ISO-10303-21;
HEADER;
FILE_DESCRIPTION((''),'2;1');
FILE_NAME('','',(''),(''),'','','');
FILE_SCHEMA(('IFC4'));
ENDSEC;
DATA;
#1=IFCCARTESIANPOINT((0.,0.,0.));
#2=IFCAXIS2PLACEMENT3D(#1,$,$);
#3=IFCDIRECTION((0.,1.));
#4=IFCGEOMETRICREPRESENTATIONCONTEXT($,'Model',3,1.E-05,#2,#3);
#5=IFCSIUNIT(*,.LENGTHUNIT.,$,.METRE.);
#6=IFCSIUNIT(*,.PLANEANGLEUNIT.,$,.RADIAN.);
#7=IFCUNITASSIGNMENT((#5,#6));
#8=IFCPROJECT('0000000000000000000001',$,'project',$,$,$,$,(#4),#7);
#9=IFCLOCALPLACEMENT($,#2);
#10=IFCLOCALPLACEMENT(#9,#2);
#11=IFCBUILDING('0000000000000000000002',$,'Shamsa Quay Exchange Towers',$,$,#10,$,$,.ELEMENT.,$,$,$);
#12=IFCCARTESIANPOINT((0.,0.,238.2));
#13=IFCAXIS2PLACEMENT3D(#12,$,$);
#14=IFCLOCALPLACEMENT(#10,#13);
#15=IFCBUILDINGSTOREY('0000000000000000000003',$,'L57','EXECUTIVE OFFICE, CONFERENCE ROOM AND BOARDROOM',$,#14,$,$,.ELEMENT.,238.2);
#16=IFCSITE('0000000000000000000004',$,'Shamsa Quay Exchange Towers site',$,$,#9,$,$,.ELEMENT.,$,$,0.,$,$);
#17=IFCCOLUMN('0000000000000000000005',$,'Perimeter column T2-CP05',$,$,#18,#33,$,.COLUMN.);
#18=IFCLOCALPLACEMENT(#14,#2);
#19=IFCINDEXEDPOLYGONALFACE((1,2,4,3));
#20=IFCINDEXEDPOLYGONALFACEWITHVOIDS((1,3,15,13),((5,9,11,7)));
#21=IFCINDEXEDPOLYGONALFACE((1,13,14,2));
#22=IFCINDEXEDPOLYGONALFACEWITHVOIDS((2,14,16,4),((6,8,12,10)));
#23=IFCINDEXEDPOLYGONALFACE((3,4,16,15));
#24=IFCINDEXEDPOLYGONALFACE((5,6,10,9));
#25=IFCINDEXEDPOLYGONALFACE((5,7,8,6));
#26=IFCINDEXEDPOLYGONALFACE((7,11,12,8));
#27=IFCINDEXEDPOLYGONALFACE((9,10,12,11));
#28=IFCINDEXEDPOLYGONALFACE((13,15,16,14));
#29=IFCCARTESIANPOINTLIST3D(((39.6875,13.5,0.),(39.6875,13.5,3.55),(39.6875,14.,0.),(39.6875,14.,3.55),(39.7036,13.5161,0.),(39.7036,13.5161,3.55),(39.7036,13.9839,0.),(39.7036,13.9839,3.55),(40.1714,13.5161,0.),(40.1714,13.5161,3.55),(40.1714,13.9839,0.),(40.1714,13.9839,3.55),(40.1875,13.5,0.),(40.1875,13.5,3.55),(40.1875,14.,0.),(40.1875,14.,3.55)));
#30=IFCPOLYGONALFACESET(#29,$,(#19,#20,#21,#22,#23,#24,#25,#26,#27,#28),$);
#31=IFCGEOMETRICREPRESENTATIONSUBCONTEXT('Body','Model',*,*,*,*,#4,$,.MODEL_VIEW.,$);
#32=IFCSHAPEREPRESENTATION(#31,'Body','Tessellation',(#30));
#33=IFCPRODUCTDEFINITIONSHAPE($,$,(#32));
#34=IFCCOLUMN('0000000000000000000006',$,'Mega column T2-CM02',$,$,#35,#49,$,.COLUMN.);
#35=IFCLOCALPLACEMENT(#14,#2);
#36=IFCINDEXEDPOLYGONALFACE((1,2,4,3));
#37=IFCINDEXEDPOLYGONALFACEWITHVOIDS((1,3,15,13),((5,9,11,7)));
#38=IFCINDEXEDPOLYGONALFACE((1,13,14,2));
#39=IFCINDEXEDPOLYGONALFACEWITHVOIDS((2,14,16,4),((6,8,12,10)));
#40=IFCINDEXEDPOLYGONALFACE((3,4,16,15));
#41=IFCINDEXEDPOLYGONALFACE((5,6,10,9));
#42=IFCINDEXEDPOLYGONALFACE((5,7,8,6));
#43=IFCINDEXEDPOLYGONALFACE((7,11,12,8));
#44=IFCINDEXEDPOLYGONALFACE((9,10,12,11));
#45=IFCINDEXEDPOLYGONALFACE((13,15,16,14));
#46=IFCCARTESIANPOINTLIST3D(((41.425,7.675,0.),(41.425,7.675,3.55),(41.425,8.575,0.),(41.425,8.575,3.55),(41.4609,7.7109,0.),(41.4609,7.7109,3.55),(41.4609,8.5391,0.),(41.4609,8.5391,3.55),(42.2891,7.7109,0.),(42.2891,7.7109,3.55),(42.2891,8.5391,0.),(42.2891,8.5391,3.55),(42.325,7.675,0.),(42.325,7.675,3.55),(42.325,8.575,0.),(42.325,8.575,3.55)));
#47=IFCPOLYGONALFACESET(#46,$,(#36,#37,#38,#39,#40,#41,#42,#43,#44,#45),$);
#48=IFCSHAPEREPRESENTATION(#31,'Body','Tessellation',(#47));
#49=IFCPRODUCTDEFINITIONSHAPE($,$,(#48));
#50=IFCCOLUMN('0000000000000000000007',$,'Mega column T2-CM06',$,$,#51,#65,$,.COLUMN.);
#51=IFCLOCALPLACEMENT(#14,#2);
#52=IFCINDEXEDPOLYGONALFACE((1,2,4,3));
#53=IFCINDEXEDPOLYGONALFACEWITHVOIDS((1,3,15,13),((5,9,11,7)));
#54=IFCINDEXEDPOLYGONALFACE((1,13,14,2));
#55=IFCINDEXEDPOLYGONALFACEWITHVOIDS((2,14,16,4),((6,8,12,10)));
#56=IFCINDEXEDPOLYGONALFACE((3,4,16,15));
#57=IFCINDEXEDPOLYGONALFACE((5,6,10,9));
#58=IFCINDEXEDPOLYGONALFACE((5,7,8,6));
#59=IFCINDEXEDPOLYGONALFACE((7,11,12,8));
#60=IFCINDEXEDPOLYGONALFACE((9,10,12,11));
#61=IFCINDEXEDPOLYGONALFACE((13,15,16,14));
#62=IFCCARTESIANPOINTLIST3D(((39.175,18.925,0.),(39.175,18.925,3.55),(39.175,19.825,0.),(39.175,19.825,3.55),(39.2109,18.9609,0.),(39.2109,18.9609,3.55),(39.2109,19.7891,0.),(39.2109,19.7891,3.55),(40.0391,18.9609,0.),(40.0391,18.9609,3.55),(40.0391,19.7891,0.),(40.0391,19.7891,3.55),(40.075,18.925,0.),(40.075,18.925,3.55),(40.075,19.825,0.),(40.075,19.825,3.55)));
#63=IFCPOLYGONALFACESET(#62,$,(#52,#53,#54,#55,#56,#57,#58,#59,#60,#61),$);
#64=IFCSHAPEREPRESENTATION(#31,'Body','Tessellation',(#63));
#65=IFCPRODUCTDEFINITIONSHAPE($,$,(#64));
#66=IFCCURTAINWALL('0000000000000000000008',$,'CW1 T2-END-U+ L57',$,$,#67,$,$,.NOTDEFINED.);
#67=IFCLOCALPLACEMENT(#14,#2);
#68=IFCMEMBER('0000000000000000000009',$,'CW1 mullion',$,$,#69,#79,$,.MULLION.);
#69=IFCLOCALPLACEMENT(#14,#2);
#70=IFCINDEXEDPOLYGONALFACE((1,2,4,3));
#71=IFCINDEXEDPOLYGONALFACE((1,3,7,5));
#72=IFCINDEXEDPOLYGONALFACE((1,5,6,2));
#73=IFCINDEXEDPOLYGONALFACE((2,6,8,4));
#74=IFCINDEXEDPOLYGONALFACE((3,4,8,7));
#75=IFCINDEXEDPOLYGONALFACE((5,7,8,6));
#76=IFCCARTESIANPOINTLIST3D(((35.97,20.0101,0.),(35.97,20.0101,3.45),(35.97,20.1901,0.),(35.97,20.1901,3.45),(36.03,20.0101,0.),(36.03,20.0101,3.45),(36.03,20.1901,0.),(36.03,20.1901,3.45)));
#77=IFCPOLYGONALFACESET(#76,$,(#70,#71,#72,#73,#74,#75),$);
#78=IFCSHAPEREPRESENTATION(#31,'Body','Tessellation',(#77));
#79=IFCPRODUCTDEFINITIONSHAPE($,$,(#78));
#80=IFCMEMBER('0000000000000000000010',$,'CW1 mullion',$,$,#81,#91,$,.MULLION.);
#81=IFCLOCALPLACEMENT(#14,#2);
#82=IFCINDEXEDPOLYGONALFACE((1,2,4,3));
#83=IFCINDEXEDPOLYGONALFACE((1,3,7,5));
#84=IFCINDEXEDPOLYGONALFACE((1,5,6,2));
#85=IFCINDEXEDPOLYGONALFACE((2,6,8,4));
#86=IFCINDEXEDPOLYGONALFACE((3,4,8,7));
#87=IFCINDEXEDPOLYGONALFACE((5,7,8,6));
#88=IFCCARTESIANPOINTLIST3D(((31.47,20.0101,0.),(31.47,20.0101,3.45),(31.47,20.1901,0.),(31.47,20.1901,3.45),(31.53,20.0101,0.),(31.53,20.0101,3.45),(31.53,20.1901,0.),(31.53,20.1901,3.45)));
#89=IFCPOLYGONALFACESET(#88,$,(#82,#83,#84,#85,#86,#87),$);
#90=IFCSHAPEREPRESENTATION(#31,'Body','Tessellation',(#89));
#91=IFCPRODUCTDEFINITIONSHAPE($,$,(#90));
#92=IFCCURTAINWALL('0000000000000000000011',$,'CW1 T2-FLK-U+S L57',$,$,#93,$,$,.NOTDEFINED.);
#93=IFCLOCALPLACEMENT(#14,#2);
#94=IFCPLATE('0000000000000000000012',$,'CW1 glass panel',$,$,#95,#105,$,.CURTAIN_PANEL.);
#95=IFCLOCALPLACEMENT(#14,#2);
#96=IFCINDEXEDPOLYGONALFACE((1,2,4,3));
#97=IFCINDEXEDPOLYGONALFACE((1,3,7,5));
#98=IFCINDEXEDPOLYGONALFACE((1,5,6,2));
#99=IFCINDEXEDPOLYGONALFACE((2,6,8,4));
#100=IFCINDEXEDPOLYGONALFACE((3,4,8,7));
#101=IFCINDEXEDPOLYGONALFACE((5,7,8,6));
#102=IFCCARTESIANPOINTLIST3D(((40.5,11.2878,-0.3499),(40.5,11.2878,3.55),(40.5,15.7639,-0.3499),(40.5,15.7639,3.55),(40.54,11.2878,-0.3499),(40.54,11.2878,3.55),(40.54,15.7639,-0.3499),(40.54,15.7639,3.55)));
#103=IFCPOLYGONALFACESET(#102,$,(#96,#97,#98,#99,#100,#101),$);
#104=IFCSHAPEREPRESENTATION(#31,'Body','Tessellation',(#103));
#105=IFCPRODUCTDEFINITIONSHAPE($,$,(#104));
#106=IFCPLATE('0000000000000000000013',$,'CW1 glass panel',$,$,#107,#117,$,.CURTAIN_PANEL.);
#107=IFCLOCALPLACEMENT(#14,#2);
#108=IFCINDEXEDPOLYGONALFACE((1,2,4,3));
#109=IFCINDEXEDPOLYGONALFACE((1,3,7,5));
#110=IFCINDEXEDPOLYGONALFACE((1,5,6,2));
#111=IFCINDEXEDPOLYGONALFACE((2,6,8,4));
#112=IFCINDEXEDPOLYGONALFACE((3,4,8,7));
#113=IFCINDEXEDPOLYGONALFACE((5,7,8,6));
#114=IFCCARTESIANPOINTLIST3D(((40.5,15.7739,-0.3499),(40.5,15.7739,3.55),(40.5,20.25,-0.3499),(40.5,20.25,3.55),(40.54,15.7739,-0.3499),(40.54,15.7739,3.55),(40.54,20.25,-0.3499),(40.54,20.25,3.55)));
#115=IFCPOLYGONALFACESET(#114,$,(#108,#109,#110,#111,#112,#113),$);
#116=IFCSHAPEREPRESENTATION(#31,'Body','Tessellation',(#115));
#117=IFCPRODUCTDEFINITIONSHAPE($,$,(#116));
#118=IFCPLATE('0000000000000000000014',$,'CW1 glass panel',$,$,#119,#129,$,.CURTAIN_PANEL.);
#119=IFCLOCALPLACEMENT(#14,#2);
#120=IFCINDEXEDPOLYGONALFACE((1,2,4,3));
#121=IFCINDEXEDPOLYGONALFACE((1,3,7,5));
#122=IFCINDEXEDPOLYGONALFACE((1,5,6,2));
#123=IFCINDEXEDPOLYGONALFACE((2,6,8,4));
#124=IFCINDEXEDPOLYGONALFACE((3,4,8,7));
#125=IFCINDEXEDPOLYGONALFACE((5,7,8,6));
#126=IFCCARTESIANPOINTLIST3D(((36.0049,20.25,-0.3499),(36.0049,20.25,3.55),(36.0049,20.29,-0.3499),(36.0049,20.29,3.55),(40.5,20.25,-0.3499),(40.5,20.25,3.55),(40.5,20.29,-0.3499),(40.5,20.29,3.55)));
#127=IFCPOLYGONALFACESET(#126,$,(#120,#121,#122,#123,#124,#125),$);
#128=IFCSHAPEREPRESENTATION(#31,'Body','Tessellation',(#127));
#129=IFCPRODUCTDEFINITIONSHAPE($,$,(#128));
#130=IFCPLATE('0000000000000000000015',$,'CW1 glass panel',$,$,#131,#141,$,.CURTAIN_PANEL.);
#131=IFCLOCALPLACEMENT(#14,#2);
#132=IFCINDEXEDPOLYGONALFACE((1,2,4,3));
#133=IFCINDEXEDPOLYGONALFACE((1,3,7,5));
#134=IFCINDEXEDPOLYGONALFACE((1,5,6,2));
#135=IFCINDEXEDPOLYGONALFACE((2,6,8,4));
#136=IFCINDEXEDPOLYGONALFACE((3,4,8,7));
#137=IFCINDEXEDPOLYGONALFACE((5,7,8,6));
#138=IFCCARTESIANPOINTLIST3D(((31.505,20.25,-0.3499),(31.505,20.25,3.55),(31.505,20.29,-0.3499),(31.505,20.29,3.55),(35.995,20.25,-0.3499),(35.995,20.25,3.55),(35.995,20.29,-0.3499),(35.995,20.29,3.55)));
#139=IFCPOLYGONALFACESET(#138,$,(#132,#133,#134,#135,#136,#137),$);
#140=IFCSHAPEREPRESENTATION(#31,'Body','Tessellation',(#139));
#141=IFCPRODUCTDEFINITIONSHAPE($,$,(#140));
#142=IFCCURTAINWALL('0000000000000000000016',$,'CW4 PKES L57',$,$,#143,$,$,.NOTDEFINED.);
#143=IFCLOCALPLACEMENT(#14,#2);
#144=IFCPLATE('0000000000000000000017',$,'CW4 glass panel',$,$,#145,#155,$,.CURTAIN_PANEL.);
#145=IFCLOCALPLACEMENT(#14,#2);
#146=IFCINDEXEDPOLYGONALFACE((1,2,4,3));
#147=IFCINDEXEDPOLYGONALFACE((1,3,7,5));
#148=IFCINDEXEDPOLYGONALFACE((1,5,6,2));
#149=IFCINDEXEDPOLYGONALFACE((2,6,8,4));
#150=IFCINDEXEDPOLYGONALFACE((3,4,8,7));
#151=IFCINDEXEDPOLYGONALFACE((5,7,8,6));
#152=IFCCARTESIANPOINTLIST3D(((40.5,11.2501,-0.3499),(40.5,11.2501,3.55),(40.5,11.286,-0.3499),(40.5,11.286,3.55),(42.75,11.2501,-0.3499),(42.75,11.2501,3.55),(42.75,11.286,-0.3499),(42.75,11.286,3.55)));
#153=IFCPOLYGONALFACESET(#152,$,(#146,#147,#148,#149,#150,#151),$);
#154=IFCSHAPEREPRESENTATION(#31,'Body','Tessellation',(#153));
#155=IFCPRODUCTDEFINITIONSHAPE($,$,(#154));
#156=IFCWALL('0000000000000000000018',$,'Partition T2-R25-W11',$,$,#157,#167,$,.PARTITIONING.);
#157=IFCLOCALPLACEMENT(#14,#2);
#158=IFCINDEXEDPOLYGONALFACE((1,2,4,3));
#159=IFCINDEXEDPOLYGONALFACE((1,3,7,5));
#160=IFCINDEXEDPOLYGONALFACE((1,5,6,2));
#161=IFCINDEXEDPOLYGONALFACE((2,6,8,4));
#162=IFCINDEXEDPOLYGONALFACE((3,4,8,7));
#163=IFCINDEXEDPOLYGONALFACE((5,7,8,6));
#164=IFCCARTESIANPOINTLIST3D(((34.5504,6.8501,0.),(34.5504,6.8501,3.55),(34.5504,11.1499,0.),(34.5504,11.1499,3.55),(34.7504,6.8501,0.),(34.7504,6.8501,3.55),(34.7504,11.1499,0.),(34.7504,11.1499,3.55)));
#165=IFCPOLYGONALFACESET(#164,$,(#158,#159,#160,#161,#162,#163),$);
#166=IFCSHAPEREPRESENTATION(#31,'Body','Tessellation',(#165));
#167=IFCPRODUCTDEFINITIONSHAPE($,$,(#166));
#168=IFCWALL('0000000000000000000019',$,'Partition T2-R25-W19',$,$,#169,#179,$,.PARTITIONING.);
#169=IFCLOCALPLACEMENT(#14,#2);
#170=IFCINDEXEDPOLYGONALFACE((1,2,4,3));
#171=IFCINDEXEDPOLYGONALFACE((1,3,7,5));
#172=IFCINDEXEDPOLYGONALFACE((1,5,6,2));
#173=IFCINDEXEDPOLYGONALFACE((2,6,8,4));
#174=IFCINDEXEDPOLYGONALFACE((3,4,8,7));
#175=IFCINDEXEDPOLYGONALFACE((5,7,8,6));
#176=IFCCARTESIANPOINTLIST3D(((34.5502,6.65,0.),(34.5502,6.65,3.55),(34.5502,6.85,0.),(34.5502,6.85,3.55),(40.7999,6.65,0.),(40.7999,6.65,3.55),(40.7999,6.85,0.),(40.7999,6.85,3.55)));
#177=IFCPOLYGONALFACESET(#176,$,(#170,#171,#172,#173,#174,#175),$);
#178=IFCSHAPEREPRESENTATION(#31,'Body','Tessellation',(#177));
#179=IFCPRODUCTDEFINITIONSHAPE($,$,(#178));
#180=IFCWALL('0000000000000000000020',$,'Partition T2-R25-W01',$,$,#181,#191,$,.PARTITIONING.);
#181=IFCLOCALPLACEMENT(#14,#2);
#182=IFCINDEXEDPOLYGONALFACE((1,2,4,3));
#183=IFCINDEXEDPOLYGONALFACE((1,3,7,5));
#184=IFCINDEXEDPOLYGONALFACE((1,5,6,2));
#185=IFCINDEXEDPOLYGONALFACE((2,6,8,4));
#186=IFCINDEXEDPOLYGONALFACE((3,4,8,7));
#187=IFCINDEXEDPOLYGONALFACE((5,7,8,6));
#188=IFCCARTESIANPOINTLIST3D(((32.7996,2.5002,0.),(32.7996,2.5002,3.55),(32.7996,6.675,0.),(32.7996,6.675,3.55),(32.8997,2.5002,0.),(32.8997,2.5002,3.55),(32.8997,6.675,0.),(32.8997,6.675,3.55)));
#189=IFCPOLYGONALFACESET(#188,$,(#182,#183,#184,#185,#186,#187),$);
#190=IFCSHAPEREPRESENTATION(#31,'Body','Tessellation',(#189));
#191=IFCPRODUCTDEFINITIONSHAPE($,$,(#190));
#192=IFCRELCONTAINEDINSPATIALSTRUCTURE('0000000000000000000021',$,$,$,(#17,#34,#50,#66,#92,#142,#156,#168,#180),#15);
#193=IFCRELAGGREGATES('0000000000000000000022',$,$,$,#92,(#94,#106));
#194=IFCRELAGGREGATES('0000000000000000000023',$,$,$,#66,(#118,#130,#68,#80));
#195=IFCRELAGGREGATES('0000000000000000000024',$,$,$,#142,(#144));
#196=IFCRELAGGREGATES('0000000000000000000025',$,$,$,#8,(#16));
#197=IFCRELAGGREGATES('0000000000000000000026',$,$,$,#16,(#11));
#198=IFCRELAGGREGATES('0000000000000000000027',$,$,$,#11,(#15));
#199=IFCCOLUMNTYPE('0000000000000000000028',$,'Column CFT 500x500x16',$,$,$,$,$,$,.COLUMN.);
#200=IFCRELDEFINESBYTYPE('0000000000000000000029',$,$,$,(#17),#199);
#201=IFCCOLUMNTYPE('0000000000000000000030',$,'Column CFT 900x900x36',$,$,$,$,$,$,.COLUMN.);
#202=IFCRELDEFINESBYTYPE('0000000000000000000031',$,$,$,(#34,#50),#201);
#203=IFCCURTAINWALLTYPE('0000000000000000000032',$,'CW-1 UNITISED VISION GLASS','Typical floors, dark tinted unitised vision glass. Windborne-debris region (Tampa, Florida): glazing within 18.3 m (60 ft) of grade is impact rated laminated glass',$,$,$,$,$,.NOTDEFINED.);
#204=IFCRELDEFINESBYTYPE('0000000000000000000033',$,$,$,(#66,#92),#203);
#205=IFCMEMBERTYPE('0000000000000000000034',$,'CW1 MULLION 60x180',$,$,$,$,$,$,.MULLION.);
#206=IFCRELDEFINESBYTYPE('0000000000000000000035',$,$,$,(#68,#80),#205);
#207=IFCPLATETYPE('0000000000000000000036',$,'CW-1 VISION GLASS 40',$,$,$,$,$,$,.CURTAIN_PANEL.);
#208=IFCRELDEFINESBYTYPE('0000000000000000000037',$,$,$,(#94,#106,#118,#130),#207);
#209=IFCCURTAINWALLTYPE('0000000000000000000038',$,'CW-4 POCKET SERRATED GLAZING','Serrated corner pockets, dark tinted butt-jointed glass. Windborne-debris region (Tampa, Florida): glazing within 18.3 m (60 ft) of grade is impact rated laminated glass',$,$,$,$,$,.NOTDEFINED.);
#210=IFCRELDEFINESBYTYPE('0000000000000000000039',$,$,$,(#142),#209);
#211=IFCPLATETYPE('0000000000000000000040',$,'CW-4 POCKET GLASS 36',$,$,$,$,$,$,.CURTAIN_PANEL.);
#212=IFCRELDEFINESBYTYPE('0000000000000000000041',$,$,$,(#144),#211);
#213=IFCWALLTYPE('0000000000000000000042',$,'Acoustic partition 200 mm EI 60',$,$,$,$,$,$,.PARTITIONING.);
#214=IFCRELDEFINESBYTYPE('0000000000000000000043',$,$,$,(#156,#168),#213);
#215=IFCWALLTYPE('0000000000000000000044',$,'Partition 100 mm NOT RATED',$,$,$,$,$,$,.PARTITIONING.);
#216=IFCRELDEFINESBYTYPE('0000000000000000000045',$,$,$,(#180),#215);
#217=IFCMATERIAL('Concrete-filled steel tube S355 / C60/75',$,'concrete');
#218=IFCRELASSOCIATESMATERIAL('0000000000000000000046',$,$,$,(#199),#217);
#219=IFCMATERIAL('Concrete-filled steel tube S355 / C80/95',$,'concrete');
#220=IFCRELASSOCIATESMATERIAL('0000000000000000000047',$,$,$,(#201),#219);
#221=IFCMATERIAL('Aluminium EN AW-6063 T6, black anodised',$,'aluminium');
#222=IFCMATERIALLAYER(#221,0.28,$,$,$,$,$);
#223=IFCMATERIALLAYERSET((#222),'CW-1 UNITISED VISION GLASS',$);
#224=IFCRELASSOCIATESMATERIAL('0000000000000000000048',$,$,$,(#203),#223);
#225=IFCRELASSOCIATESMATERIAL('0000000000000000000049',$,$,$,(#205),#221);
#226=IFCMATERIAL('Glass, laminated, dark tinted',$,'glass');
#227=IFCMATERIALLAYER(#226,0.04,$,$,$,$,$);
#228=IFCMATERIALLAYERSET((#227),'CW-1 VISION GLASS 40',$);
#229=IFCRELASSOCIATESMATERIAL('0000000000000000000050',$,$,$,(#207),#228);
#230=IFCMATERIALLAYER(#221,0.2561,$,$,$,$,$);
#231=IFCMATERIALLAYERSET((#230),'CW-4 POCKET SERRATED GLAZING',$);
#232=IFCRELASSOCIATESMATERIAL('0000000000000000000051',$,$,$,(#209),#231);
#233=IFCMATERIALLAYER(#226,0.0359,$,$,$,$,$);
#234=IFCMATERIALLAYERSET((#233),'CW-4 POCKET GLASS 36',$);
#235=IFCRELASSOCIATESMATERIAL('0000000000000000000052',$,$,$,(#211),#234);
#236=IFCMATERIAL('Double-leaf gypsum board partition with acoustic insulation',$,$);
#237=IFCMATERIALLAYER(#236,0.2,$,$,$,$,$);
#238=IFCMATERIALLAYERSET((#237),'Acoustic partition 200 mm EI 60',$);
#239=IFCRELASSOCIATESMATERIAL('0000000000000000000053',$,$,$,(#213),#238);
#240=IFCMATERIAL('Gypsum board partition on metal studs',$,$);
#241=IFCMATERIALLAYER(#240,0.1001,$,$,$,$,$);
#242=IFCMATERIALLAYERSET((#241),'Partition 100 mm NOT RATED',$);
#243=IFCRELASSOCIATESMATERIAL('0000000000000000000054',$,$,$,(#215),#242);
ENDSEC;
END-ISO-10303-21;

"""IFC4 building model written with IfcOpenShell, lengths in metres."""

from ifc_helpers import new_model, si_unit, direction, frame, frame_2d, origin, origin_2d, place, context, subcontext, project, spatial, rectangle, hollow_rectangle, extrude, material, layer, layer_set, material_profile, profile_set, type_object, element, aggregate, save


model = new_model("IFC4")

# Units and contexts
model_context = context("Model", 3, precision=1e-05, world=origin(), true_north=direction((0.0, 1.0)))
body_context = subcontext(model_context, "Body", "Model", "MODEL_VIEW")
ifc_project = project(units=[si_unit("LENGTHUNIT", "METRE"), si_unit("PLANEANGLEUNIT", "RADIAN")], contexts=[model_context])

# Site, building, storey
site_placement = place(None, origin())
site = spatial("IfcSite", under=ifc_project, at=site_placement, Name="Shamsa Quay Exchange Towers site", CompositionType="ELEMENT", RefElevation=0.0)
building_placement = place(site_placement, origin())
building = spatial("IfcBuilding", under=site, at=building_placement, Name="Shamsa Quay Exchange Towers", CompositionType="ELEMENT")
storey_placement = place(building_placement, frame((0.0, 0.0, 238.2)))
storey = spatial("IfcBuildingStorey", under=building, at=storey_placement, Name="L57", Description="EXECUTIVE OFFICE, CONFERENCE ROOM AND BOARDROOM", CompositionType="ELEMENT", Elevation=238.2)

# Columns
ifc_material_1 = material(Name="Concrete-filled steel tube S355 / C60/75", Category="concrete")
ifc_material_profile_1 = material_profile(ifc_material_1, hollow_rectangle(XDim=0.5, YDim=0.5, WallThickness=0.0161, at=origin_2d()), Name="CFT 500x500x16")
ifc_profile_set_1 = profile_set([ifc_material_profile_1], Name="Concrete-filled steel tube S355 / C60/75")
column_type_1 = type_object("IfcColumnType", Name="Column CFT 500x500x16", PredefinedType="COLUMN", material=ifc_profile_set_1)
column_placement = place(storey_placement, frame((39.9375, 13.75, 0.0)))
element("IfcColumn", 1, at=column_placement, inside=storey, type_object=column_type_1, Name="Perimeter column T2-CP05", PredefinedType="COLUMN", context=body_context, shape_type="SweptSolid", body=[
    extrude(hollow_rectangle(XDim=0.5, YDim=0.5, WallThickness=0.0161, at=origin_2d()), origin(), (0.0, 0.0, 1.0), 3.55),
])
ifc_material_2 = material(Name="Concrete-filled steel tube S355 / C80/95", Category="concrete")
ifc_material_profile_2 = material_profile(ifc_material_2, hollow_rectangle(XDim=0.8999, YDim=0.8999, WallThickness=0.0359, at=origin_2d()), Name="CFT 900x900x36")
ifc_profile_set_2 = profile_set([ifc_material_profile_2], Name="Concrete-filled steel tube S355 / C80/95")
column_type_2 = type_object("IfcColumnType", Name="Column CFT 900x900x36", PredefinedType="COLUMN", material=ifc_profile_set_2)
for number, where, name in (
    (2, (41.875, 8.125, 0.0), "Mega column T2-CM02"),
    (3, (39.625, 19.375, 0.0), "Mega column T2-CM06"),
):
    element("IfcColumn", number, at=place(storey_placement, frame(where)), inside=storey, type_object=column_type_2, Name=name, PredefinedType="COLUMN", context=body_context, shape_type="SweptSolid", body=[
        extrude(hollow_rectangle(XDim=0.8999, YDim=0.8999, WallThickness=0.0359, at=origin_2d()), origin(), (0.0, 0.0, 1.0), 3.55),
    ])

# Curtain wall, members
ifc_material_3 = material(Name="Aluminium EN AW-6063 T6, black anodised", Category="aluminium")
ifc_layer_1 = layer(ifc_material_3, 0.28)
ifc_layer_set_1 = layer_set([ifc_layer_1], Name="CW-1 UNITISED VISION GLASS")
curtain_wall_type_1 = type_object("IfcCurtainWallType", Name="CW-1 UNITISED VISION GLASS", Description="Typical floors, dark tinted unitised vision glass. Windborne-debris region (Tampa, Florida): glazing within 18.3 m (60 ft) of grade is impact rated laminated glass", PredefinedType="NOTDEFINED", material=ifc_layer_set_1)
curtain_wall_1_placement = place(storey_placement, origin())
curtain_wall_1 = element("IfcCurtainWall", 4, at=curtain_wall_1_placement, inside=storey, type_object=curtain_wall_type_1, Name="CW1 T2-END-U+ L57", PredefinedType="NOTDEFINED")
ifc_material_profile_3 = material_profile(ifc_material_3, rectangle(XDim=0.1799, YDim=0.0601, at=origin_2d()), Name="MU60x180")
ifc_profile_set_3 = profile_set([ifc_material_profile_3], Name="Aluminium EN AW-6063 T6, black anodised")
member_type = type_object("IfcMemberType", Name="CW1 MULLION 60x180", PredefinedType="MULLION", material=ifc_profile_set_3)
member_1_placement = place(storey_placement, frame((36.0, 20.1001, 0.0), z_axis=(0.0, 0.0, 1.0), x_axis=(0.0, -1.0, 0.0)))
member_1 = element("IfcMember", 5, at=member_1_placement, type_object=member_type, Name="CW1 mullion", PredefinedType="MULLION", context=body_context, shape_type="SweptSolid", body=[
    extrude(rectangle(XDim=0.1799, YDim=0.0601, at=origin_2d()), origin(), (0.0, 0.0, 1.0), 3.45),
])
member_2_placement = place(storey_placement, frame((31.5, 20.1001, 0.0), z_axis=(0.0, 0.0, 1.0), x_axis=(0.0, -1.0, 0.0)))
member_2 = element("IfcMember", 6, at=member_2_placement, type_object=member_type, Name="CW1 mullion", PredefinedType="MULLION", context=body_context, shape_type="SweptSolid", body=[
    extrude(rectangle(XDim=0.1799, YDim=0.0601, at=origin_2d()), origin(), (0.0, 0.0, 1.0), 3.45),
])

# Curtain wall, plates
curtain_wall_2_placement = place(storey_placement, origin())
curtain_wall_2 = element("IfcCurtainWall", 7, at=curtain_wall_2_placement, inside=storey, type_object=curtain_wall_type_1, Name="CW1 T2-FLK-U+S L57", PredefinedType="NOTDEFINED")
ifc_material_4 = material(Name="Glass, laminated, dark tinted", Category="glass")
ifc_layer_2 = layer(ifc_material_4, 0.04)
ifc_layer_set_2 = layer_set([ifc_layer_2], Name="CW-1 VISION GLASS 40")
plate_type_1 = type_object("IfcPlateType", Name="CW-1 VISION GLASS 40", PredefinedType="CURTAIN_PANEL", material=ifc_layer_set_2)
plate_1_placement = place(storey_placement, frame((40.52, 13.5259, -0.3499), z_axis=(0.0, 0.0, 1.0), x_axis=(0.0, 1.0, 0.0)))
plate_1 = element("IfcPlate", 8, at=plate_1_placement, type_object=plate_type_1, Name="CW1 glass panel", PredefinedType="CURTAIN_PANEL", context=body_context, shape_type="SweptSolid", body=[
    extrude(rectangle(XDim=4.4761, YDim=0.04, at=origin_2d()), origin(), (0.0, 0.0, 1.0), 3.8999),
])
plate_2_placement = place(storey_placement, frame((40.52, 18.012, -0.3499), z_axis=(0.0, 0.0, 1.0), x_axis=(0.0, 1.0, 0.0)))
plate_2 = element("IfcPlate", 9, at=plate_2_placement, type_object=plate_type_1, Name="CW1 glass panel", PredefinedType="CURTAIN_PANEL", context=body_context, shape_type="SweptSolid", body=[
    extrude(rectangle(XDim=4.4761, YDim=0.04, at=origin_2d()), origin(), (0.0, 0.0, 1.0), 3.8999),
])
aggregate(curtain_wall_2, [plate_1, plate_2])

# Plates
plate_3_placement = place(storey_placement, frame((38.2524, 20.27, -0.3499), z_axis=(0.0, 0.0, 1.0), x_axis=(-1.0, 0.0, 0.0)))
plate_3 = element("IfcPlate", 10, at=plate_3_placement, type_object=plate_type_1, Name="CW1 glass panel", PredefinedType="CURTAIN_PANEL", context=body_context, shape_type="SweptSolid", body=[
    extrude(rectangle(XDim=4.4951, YDim=0.04, at=origin_2d()), origin(), (0.0, 0.0, 1.0), 3.8999),
])
plate_4_placement = place(storey_placement, frame((33.75, 20.27, -0.3499), z_axis=(0.0, 0.0, 1.0), x_axis=(-1.0, 0.0, 0.0)))
plate_4 = element("IfcPlate", 11, at=plate_4_placement, type_object=plate_type_1, Name="CW1 glass panel", PredefinedType="CURTAIN_PANEL", context=body_context, shape_type="SweptSolid", body=[
    extrude(rectangle(XDim=4.49, YDim=0.04, at=origin_2d()), origin(), (0.0, 0.0, 1.0), 3.8999),
])
aggregate(curtain_wall_1, [plate_3, plate_4, member_1, member_2])

# Curtain wall, plate
ifc_layer_3 = layer(ifc_material_3, 0.2561)
ifc_layer_set_3 = layer_set([ifc_layer_3], Name="CW-4 POCKET SERRATED GLAZING")
curtain_wall_type_2 = type_object("IfcCurtainWallType", Name="CW-4 POCKET SERRATED GLAZING", Description="Serrated corner pockets, dark tinted butt-jointed glass. Windborne-debris region (Tampa, Florida): glazing within 18.3 m (60 ft) of grade is impact rated laminated glass", PredefinedType="NOTDEFINED", material=ifc_layer_set_3)
curtain_wall_3_placement = place(storey_placement, origin())
curtain_wall_3 = element("IfcCurtainWall", 12, at=curtain_wall_3_placement, inside=storey, type_object=curtain_wall_type_2, Name="CW4 PKES L57", PredefinedType="NOTDEFINED")
ifc_layer_4 = layer(ifc_material_4, 0.0359)
ifc_layer_set_4 = layer_set([ifc_layer_4], Name="CW-4 POCKET GLASS 36")
plate_type_2 = type_object("IfcPlateType", Name="CW-4 POCKET GLASS 36", PredefinedType="CURTAIN_PANEL", material=ifc_layer_set_4)
plate_5_placement = place(storey_placement, frame((41.625, 11.2681, -0.3499), z_axis=(0.0, 0.0, 1.0), x_axis=(-1.0, 0.0, 0.0)))
plate_5 = element("IfcPlate", 13, at=plate_5_placement, type_object=plate_type_2, Name="CW4 glass panel", PredefinedType="CURTAIN_PANEL", context=body_context, shape_type="SweptSolid", body=[
    extrude(rectangle(XDim=2.25, YDim=0.0359, at=origin_2d()), origin(), (0.0, 0.0, 1.0), 3.8999),
])
aggregate(curtain_wall_3, [plate_5])

# Wall
ifc_material_5 = material(Name="Double-leaf gypsum board partition with acoustic insulation")
ifc_layer_5 = layer(ifc_material_5, 0.2)
ifc_layer_set_5 = layer_set([ifc_layer_5], Name="Acoustic partition 200 mm EI 60")
wall_type_1 = type_object("IfcWallType", Name="Acoustic partition 200 mm EI 60", PredefinedType="PARTITIONING", material=ifc_layer_set_5)
wall_1_placement = place(storey_placement, frame((34.6504, 11.1499, 0.0), z_axis=(0.0, 0.0, 1.0), x_axis=(0.0, -1.0, 0.0)))
element("IfcWall", 14, at=wall_1_placement, inside=storey, type_object=wall_type_1, Name="Partition T2-R25-W11", PredefinedType="PARTITIONING", context=body_context, shape_type="SweptSolid", body=[
    extrude(rectangle(XDim=4.2998, YDim=0.2, at=frame_2d((2.1499, 0.0))), origin(), (0.0, 0.0, 1.0), 3.55),
])

# Walls
wall_2_placement = place(storey_placement, frame((40.8, 6.75, 0.0), z_axis=(0.0, 0.0, 1.0), x_axis=(-1.0, 0.0, 0.0)))
element("IfcWall", 15, at=wall_2_placement, inside=storey, type_object=wall_type_1, Name="Partition T2-R25-W19", PredefinedType="PARTITIONING", context=body_context, shape_type="SweptSolid", body=[
    extrude(rectangle(XDim=6.2498, YDim=0.2, at=frame_2d((3.125, 0.0))), origin(), (0.0, 0.0, 1.0), 3.55),
])
ifc_material_6 = material(Name="Gypsum board partition on metal studs")
ifc_layer_6 = layer(ifc_material_6, 0.1001)
ifc_layer_set_6 = layer_set([ifc_layer_6], Name="Partition 100 mm NOT RATED")
wall_type_2 = type_object("IfcWallType", Name="Partition 100 mm NOT RATED", PredefinedType="PARTITIONING", material=ifc_layer_set_6)
for number, where, z_axis, x_axis, name in (
    (16, (32.8496, 2.5002, 0.0), (0.0, 0.0, 1.0), (0.0, 1.0, 0.0), "Partition T2-R25-W01"),
):
    element("IfcWall", number, at=place(storey_placement, frame(where, z_axis=z_axis, x_axis=x_axis)), inside=storey, type_object=wall_type_2, Name=name, PredefinedType="PARTITIONING", context=body_context, shape_type="SweptSolid", body=[
        extrude(rectangle(XDim=4.1748, YDim=0.1001, at=frame_2d((2.0874, 0.0))), origin(), (0.0, 0.0, 1.0), 3.55),
    ])

save(model, "model.ifc")
